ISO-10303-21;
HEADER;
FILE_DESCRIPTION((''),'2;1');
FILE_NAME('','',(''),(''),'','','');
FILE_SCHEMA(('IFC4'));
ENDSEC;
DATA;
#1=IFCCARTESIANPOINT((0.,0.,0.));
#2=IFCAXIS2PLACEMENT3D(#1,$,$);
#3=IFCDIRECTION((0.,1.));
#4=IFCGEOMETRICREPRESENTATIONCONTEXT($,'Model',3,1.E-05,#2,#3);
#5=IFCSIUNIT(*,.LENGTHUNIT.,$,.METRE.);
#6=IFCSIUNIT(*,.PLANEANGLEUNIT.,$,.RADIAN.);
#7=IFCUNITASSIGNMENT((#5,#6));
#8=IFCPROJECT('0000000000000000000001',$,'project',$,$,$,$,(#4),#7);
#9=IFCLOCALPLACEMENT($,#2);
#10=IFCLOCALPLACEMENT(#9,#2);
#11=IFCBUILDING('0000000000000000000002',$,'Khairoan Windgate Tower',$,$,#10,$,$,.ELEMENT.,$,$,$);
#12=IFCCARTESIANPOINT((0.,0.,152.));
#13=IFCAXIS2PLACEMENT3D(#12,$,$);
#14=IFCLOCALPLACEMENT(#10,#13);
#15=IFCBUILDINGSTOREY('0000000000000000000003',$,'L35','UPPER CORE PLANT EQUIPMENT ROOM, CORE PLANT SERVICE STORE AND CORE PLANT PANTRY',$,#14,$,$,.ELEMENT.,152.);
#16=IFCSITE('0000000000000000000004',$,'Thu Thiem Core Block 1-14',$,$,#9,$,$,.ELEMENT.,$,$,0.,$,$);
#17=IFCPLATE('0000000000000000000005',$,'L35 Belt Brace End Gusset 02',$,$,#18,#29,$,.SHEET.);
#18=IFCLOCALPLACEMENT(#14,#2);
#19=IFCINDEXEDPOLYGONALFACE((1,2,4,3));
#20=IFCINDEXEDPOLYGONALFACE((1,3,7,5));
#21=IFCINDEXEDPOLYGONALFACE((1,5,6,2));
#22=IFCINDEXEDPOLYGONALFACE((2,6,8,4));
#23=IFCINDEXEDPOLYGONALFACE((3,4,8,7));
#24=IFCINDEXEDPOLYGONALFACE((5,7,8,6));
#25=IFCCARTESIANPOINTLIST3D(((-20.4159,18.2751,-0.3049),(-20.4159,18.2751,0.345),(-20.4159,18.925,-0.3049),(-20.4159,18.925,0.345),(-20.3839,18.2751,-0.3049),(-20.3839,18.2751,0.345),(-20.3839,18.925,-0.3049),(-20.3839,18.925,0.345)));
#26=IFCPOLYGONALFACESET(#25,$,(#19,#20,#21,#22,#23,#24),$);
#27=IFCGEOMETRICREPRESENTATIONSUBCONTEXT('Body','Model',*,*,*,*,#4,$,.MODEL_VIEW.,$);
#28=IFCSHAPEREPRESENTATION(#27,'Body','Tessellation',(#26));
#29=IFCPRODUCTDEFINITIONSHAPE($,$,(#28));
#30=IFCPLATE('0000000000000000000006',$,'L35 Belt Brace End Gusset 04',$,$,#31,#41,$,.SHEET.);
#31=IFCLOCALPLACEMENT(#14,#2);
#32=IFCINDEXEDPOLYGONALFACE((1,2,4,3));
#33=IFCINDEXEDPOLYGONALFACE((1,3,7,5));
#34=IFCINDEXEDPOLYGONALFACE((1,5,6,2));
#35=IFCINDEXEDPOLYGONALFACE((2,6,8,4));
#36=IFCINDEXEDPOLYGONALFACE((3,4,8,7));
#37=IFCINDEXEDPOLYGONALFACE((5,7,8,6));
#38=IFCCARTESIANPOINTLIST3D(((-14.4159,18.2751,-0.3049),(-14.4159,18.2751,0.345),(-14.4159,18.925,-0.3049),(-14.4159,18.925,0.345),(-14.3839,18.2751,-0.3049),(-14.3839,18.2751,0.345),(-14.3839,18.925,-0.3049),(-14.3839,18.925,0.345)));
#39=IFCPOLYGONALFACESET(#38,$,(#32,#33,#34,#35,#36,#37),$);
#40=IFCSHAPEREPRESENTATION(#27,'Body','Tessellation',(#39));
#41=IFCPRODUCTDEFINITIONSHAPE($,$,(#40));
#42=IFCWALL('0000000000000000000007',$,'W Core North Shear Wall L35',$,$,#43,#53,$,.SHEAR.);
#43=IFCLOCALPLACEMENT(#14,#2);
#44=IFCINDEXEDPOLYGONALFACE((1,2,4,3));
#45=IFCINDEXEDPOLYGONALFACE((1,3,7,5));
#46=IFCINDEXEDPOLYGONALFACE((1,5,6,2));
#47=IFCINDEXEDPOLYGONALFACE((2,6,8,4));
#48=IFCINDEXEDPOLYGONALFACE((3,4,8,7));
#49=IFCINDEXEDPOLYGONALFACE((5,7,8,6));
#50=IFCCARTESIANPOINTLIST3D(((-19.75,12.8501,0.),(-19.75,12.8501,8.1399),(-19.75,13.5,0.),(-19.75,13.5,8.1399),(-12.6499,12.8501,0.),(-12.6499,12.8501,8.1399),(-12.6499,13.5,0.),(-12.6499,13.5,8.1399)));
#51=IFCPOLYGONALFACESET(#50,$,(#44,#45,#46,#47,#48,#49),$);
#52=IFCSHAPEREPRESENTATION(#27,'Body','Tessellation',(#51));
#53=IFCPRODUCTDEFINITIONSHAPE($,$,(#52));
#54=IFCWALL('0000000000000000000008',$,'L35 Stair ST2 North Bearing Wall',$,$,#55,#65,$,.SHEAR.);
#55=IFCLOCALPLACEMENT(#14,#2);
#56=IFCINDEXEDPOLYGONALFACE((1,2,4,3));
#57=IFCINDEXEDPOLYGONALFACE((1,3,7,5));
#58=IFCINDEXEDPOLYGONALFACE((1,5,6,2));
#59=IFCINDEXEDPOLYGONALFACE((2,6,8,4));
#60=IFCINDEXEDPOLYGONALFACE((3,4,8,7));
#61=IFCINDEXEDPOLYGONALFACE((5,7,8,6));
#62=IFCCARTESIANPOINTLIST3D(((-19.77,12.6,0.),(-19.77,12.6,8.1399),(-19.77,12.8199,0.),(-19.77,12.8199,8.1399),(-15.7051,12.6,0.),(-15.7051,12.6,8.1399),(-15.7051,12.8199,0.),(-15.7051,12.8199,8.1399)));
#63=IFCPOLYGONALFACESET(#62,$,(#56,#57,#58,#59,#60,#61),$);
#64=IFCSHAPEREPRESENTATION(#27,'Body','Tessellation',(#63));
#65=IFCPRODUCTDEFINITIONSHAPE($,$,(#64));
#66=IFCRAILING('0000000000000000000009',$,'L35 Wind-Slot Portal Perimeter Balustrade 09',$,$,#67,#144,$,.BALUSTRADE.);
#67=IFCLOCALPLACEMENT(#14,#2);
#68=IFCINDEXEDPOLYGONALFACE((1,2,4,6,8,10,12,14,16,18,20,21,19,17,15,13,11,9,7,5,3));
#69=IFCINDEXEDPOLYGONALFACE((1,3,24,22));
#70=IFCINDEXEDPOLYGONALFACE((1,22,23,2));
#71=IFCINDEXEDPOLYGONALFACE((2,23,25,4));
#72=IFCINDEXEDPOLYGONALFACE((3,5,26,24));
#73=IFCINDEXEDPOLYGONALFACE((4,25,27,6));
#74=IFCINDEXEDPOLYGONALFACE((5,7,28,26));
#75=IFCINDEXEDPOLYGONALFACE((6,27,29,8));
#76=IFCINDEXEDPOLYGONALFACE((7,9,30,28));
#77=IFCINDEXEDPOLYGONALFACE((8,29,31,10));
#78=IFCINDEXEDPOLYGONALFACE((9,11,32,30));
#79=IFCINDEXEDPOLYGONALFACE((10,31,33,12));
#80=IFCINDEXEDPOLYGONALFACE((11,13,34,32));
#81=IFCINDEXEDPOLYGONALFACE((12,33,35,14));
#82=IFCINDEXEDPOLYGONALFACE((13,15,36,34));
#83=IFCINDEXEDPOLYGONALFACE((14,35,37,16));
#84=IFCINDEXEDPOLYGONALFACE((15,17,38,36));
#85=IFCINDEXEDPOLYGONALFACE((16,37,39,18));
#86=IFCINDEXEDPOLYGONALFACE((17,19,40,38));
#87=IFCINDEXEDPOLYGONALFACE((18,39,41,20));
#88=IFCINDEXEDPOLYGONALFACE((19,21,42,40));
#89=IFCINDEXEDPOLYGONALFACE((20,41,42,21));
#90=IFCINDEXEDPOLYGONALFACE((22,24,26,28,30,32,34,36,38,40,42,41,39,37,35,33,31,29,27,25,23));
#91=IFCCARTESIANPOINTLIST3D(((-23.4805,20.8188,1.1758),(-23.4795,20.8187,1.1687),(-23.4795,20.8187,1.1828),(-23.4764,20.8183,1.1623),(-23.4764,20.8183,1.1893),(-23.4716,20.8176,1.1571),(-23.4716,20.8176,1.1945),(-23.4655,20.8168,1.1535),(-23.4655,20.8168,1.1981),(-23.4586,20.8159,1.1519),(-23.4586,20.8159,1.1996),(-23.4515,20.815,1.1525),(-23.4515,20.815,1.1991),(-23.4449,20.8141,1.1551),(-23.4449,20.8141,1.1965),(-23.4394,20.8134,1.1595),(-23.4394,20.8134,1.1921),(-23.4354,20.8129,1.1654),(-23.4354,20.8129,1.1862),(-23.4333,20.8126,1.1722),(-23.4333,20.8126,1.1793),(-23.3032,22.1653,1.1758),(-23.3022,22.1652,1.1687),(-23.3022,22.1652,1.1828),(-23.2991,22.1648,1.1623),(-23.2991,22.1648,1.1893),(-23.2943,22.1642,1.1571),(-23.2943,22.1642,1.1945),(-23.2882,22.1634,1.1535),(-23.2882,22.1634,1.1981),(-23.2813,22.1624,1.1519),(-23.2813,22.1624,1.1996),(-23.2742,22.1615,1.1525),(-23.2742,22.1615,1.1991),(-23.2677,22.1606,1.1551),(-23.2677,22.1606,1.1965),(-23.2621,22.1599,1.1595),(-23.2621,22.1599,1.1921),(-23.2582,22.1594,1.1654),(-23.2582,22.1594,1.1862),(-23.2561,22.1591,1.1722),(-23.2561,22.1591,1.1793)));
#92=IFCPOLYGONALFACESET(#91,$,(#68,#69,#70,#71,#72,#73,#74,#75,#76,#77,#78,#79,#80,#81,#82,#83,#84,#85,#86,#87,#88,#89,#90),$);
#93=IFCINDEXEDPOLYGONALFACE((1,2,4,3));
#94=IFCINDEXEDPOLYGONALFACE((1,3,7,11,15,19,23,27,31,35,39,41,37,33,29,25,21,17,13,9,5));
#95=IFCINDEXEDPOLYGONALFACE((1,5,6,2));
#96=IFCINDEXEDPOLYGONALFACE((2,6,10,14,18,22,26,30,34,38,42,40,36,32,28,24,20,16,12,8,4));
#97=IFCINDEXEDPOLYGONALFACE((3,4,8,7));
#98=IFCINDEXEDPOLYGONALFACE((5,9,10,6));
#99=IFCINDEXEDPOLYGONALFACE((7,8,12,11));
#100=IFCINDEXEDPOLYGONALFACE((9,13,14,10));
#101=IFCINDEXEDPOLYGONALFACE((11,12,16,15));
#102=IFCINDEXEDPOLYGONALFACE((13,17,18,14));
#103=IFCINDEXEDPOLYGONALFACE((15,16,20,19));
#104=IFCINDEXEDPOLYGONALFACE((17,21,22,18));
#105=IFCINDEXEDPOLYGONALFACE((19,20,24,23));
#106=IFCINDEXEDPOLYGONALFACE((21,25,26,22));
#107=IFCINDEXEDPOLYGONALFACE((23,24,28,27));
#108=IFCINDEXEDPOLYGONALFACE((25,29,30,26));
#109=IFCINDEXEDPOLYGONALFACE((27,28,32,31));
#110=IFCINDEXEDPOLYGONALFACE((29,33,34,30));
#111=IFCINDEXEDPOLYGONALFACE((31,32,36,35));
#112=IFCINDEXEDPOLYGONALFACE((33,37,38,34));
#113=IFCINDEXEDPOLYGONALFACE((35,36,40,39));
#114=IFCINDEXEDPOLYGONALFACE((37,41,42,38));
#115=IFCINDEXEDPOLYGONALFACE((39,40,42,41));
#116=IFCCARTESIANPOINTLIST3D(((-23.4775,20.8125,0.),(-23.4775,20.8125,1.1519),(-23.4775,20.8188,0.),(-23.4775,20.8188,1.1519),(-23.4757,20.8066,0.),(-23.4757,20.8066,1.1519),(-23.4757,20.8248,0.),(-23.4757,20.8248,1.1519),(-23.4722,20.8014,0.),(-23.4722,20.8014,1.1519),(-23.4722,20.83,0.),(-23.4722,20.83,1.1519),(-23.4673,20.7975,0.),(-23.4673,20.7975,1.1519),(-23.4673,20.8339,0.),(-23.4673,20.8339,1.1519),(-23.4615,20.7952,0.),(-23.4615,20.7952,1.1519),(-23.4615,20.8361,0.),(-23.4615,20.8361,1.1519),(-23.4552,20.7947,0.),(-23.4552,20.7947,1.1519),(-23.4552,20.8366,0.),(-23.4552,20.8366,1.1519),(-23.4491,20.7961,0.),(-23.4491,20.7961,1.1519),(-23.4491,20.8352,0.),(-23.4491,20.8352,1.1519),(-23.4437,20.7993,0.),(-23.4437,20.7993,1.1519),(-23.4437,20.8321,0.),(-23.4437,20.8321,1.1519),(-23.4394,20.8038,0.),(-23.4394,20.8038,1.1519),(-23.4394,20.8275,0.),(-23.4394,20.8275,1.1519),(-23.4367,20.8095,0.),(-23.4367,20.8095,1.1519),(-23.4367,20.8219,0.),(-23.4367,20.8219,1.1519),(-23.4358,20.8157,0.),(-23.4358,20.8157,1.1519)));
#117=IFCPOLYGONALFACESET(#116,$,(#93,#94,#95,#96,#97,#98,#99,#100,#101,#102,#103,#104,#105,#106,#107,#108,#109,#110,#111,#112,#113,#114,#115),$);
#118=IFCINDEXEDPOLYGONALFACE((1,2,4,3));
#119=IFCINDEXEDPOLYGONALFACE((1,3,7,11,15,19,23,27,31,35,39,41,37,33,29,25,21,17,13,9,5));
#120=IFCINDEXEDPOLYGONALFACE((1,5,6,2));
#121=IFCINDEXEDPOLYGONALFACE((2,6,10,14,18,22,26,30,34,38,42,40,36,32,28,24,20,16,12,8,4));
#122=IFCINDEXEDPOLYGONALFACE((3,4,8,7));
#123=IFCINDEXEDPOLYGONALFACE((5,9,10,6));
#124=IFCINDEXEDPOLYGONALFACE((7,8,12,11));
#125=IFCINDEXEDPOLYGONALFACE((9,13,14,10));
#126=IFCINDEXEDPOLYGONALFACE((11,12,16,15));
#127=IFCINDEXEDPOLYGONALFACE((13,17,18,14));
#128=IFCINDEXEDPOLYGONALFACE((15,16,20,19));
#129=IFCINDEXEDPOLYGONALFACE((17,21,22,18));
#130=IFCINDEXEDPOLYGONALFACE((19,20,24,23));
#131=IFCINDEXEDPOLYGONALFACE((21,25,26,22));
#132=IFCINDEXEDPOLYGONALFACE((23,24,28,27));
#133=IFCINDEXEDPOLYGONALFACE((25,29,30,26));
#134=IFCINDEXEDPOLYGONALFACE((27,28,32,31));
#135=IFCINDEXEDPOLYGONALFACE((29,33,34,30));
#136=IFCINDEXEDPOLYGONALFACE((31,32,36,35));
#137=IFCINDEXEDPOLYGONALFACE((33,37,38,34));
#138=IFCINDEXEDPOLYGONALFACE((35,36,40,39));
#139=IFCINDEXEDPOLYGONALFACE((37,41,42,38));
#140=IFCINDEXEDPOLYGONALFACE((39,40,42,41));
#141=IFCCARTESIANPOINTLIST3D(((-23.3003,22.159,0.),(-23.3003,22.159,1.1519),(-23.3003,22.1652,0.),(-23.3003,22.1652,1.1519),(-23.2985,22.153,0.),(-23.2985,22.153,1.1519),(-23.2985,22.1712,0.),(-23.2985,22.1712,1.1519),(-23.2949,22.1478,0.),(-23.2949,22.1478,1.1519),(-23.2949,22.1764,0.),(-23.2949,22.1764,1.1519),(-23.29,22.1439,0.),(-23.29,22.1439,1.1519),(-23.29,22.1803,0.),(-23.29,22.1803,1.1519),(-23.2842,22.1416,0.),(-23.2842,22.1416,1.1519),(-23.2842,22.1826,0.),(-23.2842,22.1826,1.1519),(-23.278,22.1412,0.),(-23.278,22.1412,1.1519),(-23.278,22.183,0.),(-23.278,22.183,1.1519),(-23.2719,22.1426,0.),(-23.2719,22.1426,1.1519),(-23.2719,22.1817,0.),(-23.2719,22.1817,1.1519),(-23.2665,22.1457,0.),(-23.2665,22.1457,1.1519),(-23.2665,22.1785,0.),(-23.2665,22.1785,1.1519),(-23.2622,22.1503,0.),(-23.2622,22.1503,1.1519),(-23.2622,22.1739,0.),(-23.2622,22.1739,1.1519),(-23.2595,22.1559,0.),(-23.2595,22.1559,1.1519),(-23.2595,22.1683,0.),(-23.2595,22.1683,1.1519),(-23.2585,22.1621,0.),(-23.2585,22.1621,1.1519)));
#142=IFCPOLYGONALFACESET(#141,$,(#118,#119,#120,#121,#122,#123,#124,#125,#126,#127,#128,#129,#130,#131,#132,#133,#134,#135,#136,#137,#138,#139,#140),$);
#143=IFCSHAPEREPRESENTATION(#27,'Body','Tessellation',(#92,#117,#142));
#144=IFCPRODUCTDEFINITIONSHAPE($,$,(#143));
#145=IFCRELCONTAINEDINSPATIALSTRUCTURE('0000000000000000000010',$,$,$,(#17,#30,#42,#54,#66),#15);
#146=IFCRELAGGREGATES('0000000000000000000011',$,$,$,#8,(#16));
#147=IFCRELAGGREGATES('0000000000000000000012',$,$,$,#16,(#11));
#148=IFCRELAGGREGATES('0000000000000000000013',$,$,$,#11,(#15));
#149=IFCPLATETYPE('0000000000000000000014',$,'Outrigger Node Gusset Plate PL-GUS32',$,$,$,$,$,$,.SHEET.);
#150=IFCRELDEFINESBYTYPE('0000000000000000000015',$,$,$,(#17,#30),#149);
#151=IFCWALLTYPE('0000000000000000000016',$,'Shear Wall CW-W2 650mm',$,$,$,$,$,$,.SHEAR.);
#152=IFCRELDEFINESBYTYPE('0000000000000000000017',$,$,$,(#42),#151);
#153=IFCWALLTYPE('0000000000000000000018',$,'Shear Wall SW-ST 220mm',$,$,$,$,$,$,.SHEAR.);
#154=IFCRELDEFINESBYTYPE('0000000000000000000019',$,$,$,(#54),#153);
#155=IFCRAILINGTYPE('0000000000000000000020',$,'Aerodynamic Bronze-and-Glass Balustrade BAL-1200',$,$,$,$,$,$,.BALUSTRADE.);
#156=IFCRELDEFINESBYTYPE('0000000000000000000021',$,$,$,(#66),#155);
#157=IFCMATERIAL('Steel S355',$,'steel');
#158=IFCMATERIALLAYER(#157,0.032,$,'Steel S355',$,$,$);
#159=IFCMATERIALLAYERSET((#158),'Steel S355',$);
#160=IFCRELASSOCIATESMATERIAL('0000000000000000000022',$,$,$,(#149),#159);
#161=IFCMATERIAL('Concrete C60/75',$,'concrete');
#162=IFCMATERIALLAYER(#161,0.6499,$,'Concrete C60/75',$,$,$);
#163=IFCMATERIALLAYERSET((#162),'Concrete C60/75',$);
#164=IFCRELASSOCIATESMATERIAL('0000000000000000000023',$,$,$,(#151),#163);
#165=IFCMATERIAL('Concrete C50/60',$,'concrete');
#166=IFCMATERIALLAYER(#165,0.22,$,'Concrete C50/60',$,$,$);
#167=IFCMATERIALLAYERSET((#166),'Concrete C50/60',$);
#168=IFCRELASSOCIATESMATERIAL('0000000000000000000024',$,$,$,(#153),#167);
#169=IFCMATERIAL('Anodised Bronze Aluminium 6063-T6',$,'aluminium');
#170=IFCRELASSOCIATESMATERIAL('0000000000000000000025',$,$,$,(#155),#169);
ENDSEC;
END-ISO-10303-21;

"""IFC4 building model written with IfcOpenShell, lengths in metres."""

from ifc_helpers import new_model, si_unit, direction, frame, frame_2d, origin, origin_2d, place, context, subcontext, project, spatial, rectangle, circle, extrude, material, layer, layer_set, type_object, element, save


model = new_model("IFC4")

# Units and contexts
model_context = context("Model", 3, precision=1e-05, world=origin(), true_north=direction((0.0, 1.0)))
body_context = subcontext(model_context, "Body", "Model", "MODEL_VIEW")
ifc_project = project(units=[si_unit("LENGTHUNIT", "METRE"), si_unit("PLANEANGLEUNIT", "RADIAN")], contexts=[model_context])

# Site, building, storey
site_placement = place(None, origin())
site = spatial("IfcSite", under=ifc_project, at=site_placement, Name="Thu Thiem Core Block 1-14", CompositionType="ELEMENT", RefElevation=0.0)
building_placement = place(site_placement, origin())
building = spatial("IfcBuilding", under=site, at=building_placement, Name="Khairoan Windgate Tower", CompositionType="ELEMENT")
storey_placement = place(building_placement, frame((0.0, 0.0, 152.0)))
storey = spatial("IfcBuildingStorey", under=building, at=storey_placement, Name="L35", Description="UPPER CORE PLANT EQUIPMENT ROOM, CORE PLANT SERVICE STORE AND CORE PLANT PANTRY", CompositionType="ELEMENT", Elevation=152.0)

# Plates
ifc_material_1 = material(Name="Steel S355", Category="steel")
ifc_layer_1 = layer(ifc_material_1, 0.032, Name="Steel S355")
ifc_layer_set_1 = layer_set([ifc_layer_1], Name="Steel S355")
plate_type_1 = type_object("IfcPlateType", Name="Outrigger Node Gusset Plate PL-GUS32", PredefinedType="SHEET", material=ifc_layer_set_1)
for number, where, z_axis, x_axis, name in (
    (1, (-20.3999, 18.6001, -0.3049), (0.0, 0.0, 1.0), (1.0, 0.0, 0.0), "L35 Belt Brace End Gusset 02"),
    (2, (-14.3999, 18.6001, -0.3049), (0.0, 0.0, 1.0), (1.0, 0.0, 0.0), "L35 Belt Brace End Gusset 04"),
):
    element("IfcPlate", number, at=place(storey_placement, frame(where, z_axis=z_axis, x_axis=x_axis)), inside=storey, type_object=plate_type_1, Name=name, PredefinedType="SHEET", context=body_context, shape_type="SweptSolid", body=[
        extrude(rectangle(XDim=0.032, YDim=0.6499, at=origin_2d()), origin(), (0.0, 0.0, 1.0), 0.6499),
    ])

# Walls
ifc_material_2 = material(Name="Concrete C60/75", Category="concrete")
ifc_layer_2 = layer(ifc_material_2, 0.6499, Name="Concrete C60/75")
ifc_layer_set_2 = layer_set([ifc_layer_2], Name="Concrete C60/75")
wall_type_1 = type_object("IfcWallType", Name="Shear Wall CW-W2 650mm", PredefinedType="SHEAR", material=ifc_layer_set_2)
wall_1_placement = place(storey_placement, frame((-19.75, 13.175, 0.0), z_axis=(0.0, 0.0, 1.0), x_axis=(1.0, 0.0, 0.0)))
element("IfcWall", 3, at=wall_1_placement, inside=storey, type_object=wall_type_1, Name="W Core North Shear Wall L35", PredefinedType="SHEAR", context=body_context, shape_type="SweptSolid", body=[
    extrude(rectangle(XDim=7.1001, YDim=0.6499, at=frame_2d((3.55, 0.0))), origin(), (0.0, 0.0, 1.0), 8.1399),
])
ifc_material_3 = material(Name="Concrete C50/60", Category="concrete")
ifc_layer_3 = layer(ifc_material_3, 0.22, Name="Concrete C50/60")
ifc_layer_set_3 = layer_set([ifc_layer_3], Name="Concrete C50/60")
wall_type_2 = type_object("IfcWallType", Name="Shear Wall SW-ST 220mm", PredefinedType="SHEAR", material=ifc_layer_set_3)
wall_2_placement = place(storey_placement, frame((-19.77, 12.71, 0.0), z_axis=(0.0, 0.0, 1.0), x_axis=(1.0, 0.0, 0.0)))
element("IfcWall", 4, at=wall_2_placement, inside=storey, type_object=wall_type_2, Name="L35 Stair ST2 North Bearing Wall", PredefinedType="SHEAR", context=body_context, shape_type="SweptSolid", body=[
    extrude(rectangle(XDim=4.0649, YDim=0.22, at=frame_2d((2.0325, 0.0))), origin(), (0.0, 0.0, 1.0), 8.1399),
])

# Railing
ifc_material_4 = material(Name="Anodised Bronze Aluminium 6063-T6", Category="aluminium")
railing_type_1 = type_object("IfcRailingType", Name="Aerodynamic Bronze-and-Glass Balustrade BAL-1200", PredefinedType="BALUSTRADE", material=ifc_material_4)
railing_1_placement = place(storey_placement, frame((-23.4568, 20.8157, 0.0)))
element("IfcRailing", 5, at=railing_1_placement, inside=storey, type_object=railing_type_1, Name="L35 Wind-Slot Portal Perimeter Balustrade 09", PredefinedType="BALUSTRADE", context=body_context, shape_type="SweptSolid", body=[
    extrude(circle(Radius=0.0239, at=origin_2d()), frame((0.0, 0.0, 1.1758), z_axis=(0.130515, 0.991446, 0.0), x_axis=(-0.991446, 0.130515, 0.0)), (0.0, 0.0, 1.0), 1.3582),
    extrude(circle(Radius=0.021, at=origin_2d()), origin(), (0.0, 0.0, 1.0), 1.1519),
    extrude(circle(Radius=0.021, at=origin_2d()), frame((0.1772, 1.3464, 0.0)), (0.0, 0.0, 1.0), 1.1519),
])

save(model, "model.ifc")
